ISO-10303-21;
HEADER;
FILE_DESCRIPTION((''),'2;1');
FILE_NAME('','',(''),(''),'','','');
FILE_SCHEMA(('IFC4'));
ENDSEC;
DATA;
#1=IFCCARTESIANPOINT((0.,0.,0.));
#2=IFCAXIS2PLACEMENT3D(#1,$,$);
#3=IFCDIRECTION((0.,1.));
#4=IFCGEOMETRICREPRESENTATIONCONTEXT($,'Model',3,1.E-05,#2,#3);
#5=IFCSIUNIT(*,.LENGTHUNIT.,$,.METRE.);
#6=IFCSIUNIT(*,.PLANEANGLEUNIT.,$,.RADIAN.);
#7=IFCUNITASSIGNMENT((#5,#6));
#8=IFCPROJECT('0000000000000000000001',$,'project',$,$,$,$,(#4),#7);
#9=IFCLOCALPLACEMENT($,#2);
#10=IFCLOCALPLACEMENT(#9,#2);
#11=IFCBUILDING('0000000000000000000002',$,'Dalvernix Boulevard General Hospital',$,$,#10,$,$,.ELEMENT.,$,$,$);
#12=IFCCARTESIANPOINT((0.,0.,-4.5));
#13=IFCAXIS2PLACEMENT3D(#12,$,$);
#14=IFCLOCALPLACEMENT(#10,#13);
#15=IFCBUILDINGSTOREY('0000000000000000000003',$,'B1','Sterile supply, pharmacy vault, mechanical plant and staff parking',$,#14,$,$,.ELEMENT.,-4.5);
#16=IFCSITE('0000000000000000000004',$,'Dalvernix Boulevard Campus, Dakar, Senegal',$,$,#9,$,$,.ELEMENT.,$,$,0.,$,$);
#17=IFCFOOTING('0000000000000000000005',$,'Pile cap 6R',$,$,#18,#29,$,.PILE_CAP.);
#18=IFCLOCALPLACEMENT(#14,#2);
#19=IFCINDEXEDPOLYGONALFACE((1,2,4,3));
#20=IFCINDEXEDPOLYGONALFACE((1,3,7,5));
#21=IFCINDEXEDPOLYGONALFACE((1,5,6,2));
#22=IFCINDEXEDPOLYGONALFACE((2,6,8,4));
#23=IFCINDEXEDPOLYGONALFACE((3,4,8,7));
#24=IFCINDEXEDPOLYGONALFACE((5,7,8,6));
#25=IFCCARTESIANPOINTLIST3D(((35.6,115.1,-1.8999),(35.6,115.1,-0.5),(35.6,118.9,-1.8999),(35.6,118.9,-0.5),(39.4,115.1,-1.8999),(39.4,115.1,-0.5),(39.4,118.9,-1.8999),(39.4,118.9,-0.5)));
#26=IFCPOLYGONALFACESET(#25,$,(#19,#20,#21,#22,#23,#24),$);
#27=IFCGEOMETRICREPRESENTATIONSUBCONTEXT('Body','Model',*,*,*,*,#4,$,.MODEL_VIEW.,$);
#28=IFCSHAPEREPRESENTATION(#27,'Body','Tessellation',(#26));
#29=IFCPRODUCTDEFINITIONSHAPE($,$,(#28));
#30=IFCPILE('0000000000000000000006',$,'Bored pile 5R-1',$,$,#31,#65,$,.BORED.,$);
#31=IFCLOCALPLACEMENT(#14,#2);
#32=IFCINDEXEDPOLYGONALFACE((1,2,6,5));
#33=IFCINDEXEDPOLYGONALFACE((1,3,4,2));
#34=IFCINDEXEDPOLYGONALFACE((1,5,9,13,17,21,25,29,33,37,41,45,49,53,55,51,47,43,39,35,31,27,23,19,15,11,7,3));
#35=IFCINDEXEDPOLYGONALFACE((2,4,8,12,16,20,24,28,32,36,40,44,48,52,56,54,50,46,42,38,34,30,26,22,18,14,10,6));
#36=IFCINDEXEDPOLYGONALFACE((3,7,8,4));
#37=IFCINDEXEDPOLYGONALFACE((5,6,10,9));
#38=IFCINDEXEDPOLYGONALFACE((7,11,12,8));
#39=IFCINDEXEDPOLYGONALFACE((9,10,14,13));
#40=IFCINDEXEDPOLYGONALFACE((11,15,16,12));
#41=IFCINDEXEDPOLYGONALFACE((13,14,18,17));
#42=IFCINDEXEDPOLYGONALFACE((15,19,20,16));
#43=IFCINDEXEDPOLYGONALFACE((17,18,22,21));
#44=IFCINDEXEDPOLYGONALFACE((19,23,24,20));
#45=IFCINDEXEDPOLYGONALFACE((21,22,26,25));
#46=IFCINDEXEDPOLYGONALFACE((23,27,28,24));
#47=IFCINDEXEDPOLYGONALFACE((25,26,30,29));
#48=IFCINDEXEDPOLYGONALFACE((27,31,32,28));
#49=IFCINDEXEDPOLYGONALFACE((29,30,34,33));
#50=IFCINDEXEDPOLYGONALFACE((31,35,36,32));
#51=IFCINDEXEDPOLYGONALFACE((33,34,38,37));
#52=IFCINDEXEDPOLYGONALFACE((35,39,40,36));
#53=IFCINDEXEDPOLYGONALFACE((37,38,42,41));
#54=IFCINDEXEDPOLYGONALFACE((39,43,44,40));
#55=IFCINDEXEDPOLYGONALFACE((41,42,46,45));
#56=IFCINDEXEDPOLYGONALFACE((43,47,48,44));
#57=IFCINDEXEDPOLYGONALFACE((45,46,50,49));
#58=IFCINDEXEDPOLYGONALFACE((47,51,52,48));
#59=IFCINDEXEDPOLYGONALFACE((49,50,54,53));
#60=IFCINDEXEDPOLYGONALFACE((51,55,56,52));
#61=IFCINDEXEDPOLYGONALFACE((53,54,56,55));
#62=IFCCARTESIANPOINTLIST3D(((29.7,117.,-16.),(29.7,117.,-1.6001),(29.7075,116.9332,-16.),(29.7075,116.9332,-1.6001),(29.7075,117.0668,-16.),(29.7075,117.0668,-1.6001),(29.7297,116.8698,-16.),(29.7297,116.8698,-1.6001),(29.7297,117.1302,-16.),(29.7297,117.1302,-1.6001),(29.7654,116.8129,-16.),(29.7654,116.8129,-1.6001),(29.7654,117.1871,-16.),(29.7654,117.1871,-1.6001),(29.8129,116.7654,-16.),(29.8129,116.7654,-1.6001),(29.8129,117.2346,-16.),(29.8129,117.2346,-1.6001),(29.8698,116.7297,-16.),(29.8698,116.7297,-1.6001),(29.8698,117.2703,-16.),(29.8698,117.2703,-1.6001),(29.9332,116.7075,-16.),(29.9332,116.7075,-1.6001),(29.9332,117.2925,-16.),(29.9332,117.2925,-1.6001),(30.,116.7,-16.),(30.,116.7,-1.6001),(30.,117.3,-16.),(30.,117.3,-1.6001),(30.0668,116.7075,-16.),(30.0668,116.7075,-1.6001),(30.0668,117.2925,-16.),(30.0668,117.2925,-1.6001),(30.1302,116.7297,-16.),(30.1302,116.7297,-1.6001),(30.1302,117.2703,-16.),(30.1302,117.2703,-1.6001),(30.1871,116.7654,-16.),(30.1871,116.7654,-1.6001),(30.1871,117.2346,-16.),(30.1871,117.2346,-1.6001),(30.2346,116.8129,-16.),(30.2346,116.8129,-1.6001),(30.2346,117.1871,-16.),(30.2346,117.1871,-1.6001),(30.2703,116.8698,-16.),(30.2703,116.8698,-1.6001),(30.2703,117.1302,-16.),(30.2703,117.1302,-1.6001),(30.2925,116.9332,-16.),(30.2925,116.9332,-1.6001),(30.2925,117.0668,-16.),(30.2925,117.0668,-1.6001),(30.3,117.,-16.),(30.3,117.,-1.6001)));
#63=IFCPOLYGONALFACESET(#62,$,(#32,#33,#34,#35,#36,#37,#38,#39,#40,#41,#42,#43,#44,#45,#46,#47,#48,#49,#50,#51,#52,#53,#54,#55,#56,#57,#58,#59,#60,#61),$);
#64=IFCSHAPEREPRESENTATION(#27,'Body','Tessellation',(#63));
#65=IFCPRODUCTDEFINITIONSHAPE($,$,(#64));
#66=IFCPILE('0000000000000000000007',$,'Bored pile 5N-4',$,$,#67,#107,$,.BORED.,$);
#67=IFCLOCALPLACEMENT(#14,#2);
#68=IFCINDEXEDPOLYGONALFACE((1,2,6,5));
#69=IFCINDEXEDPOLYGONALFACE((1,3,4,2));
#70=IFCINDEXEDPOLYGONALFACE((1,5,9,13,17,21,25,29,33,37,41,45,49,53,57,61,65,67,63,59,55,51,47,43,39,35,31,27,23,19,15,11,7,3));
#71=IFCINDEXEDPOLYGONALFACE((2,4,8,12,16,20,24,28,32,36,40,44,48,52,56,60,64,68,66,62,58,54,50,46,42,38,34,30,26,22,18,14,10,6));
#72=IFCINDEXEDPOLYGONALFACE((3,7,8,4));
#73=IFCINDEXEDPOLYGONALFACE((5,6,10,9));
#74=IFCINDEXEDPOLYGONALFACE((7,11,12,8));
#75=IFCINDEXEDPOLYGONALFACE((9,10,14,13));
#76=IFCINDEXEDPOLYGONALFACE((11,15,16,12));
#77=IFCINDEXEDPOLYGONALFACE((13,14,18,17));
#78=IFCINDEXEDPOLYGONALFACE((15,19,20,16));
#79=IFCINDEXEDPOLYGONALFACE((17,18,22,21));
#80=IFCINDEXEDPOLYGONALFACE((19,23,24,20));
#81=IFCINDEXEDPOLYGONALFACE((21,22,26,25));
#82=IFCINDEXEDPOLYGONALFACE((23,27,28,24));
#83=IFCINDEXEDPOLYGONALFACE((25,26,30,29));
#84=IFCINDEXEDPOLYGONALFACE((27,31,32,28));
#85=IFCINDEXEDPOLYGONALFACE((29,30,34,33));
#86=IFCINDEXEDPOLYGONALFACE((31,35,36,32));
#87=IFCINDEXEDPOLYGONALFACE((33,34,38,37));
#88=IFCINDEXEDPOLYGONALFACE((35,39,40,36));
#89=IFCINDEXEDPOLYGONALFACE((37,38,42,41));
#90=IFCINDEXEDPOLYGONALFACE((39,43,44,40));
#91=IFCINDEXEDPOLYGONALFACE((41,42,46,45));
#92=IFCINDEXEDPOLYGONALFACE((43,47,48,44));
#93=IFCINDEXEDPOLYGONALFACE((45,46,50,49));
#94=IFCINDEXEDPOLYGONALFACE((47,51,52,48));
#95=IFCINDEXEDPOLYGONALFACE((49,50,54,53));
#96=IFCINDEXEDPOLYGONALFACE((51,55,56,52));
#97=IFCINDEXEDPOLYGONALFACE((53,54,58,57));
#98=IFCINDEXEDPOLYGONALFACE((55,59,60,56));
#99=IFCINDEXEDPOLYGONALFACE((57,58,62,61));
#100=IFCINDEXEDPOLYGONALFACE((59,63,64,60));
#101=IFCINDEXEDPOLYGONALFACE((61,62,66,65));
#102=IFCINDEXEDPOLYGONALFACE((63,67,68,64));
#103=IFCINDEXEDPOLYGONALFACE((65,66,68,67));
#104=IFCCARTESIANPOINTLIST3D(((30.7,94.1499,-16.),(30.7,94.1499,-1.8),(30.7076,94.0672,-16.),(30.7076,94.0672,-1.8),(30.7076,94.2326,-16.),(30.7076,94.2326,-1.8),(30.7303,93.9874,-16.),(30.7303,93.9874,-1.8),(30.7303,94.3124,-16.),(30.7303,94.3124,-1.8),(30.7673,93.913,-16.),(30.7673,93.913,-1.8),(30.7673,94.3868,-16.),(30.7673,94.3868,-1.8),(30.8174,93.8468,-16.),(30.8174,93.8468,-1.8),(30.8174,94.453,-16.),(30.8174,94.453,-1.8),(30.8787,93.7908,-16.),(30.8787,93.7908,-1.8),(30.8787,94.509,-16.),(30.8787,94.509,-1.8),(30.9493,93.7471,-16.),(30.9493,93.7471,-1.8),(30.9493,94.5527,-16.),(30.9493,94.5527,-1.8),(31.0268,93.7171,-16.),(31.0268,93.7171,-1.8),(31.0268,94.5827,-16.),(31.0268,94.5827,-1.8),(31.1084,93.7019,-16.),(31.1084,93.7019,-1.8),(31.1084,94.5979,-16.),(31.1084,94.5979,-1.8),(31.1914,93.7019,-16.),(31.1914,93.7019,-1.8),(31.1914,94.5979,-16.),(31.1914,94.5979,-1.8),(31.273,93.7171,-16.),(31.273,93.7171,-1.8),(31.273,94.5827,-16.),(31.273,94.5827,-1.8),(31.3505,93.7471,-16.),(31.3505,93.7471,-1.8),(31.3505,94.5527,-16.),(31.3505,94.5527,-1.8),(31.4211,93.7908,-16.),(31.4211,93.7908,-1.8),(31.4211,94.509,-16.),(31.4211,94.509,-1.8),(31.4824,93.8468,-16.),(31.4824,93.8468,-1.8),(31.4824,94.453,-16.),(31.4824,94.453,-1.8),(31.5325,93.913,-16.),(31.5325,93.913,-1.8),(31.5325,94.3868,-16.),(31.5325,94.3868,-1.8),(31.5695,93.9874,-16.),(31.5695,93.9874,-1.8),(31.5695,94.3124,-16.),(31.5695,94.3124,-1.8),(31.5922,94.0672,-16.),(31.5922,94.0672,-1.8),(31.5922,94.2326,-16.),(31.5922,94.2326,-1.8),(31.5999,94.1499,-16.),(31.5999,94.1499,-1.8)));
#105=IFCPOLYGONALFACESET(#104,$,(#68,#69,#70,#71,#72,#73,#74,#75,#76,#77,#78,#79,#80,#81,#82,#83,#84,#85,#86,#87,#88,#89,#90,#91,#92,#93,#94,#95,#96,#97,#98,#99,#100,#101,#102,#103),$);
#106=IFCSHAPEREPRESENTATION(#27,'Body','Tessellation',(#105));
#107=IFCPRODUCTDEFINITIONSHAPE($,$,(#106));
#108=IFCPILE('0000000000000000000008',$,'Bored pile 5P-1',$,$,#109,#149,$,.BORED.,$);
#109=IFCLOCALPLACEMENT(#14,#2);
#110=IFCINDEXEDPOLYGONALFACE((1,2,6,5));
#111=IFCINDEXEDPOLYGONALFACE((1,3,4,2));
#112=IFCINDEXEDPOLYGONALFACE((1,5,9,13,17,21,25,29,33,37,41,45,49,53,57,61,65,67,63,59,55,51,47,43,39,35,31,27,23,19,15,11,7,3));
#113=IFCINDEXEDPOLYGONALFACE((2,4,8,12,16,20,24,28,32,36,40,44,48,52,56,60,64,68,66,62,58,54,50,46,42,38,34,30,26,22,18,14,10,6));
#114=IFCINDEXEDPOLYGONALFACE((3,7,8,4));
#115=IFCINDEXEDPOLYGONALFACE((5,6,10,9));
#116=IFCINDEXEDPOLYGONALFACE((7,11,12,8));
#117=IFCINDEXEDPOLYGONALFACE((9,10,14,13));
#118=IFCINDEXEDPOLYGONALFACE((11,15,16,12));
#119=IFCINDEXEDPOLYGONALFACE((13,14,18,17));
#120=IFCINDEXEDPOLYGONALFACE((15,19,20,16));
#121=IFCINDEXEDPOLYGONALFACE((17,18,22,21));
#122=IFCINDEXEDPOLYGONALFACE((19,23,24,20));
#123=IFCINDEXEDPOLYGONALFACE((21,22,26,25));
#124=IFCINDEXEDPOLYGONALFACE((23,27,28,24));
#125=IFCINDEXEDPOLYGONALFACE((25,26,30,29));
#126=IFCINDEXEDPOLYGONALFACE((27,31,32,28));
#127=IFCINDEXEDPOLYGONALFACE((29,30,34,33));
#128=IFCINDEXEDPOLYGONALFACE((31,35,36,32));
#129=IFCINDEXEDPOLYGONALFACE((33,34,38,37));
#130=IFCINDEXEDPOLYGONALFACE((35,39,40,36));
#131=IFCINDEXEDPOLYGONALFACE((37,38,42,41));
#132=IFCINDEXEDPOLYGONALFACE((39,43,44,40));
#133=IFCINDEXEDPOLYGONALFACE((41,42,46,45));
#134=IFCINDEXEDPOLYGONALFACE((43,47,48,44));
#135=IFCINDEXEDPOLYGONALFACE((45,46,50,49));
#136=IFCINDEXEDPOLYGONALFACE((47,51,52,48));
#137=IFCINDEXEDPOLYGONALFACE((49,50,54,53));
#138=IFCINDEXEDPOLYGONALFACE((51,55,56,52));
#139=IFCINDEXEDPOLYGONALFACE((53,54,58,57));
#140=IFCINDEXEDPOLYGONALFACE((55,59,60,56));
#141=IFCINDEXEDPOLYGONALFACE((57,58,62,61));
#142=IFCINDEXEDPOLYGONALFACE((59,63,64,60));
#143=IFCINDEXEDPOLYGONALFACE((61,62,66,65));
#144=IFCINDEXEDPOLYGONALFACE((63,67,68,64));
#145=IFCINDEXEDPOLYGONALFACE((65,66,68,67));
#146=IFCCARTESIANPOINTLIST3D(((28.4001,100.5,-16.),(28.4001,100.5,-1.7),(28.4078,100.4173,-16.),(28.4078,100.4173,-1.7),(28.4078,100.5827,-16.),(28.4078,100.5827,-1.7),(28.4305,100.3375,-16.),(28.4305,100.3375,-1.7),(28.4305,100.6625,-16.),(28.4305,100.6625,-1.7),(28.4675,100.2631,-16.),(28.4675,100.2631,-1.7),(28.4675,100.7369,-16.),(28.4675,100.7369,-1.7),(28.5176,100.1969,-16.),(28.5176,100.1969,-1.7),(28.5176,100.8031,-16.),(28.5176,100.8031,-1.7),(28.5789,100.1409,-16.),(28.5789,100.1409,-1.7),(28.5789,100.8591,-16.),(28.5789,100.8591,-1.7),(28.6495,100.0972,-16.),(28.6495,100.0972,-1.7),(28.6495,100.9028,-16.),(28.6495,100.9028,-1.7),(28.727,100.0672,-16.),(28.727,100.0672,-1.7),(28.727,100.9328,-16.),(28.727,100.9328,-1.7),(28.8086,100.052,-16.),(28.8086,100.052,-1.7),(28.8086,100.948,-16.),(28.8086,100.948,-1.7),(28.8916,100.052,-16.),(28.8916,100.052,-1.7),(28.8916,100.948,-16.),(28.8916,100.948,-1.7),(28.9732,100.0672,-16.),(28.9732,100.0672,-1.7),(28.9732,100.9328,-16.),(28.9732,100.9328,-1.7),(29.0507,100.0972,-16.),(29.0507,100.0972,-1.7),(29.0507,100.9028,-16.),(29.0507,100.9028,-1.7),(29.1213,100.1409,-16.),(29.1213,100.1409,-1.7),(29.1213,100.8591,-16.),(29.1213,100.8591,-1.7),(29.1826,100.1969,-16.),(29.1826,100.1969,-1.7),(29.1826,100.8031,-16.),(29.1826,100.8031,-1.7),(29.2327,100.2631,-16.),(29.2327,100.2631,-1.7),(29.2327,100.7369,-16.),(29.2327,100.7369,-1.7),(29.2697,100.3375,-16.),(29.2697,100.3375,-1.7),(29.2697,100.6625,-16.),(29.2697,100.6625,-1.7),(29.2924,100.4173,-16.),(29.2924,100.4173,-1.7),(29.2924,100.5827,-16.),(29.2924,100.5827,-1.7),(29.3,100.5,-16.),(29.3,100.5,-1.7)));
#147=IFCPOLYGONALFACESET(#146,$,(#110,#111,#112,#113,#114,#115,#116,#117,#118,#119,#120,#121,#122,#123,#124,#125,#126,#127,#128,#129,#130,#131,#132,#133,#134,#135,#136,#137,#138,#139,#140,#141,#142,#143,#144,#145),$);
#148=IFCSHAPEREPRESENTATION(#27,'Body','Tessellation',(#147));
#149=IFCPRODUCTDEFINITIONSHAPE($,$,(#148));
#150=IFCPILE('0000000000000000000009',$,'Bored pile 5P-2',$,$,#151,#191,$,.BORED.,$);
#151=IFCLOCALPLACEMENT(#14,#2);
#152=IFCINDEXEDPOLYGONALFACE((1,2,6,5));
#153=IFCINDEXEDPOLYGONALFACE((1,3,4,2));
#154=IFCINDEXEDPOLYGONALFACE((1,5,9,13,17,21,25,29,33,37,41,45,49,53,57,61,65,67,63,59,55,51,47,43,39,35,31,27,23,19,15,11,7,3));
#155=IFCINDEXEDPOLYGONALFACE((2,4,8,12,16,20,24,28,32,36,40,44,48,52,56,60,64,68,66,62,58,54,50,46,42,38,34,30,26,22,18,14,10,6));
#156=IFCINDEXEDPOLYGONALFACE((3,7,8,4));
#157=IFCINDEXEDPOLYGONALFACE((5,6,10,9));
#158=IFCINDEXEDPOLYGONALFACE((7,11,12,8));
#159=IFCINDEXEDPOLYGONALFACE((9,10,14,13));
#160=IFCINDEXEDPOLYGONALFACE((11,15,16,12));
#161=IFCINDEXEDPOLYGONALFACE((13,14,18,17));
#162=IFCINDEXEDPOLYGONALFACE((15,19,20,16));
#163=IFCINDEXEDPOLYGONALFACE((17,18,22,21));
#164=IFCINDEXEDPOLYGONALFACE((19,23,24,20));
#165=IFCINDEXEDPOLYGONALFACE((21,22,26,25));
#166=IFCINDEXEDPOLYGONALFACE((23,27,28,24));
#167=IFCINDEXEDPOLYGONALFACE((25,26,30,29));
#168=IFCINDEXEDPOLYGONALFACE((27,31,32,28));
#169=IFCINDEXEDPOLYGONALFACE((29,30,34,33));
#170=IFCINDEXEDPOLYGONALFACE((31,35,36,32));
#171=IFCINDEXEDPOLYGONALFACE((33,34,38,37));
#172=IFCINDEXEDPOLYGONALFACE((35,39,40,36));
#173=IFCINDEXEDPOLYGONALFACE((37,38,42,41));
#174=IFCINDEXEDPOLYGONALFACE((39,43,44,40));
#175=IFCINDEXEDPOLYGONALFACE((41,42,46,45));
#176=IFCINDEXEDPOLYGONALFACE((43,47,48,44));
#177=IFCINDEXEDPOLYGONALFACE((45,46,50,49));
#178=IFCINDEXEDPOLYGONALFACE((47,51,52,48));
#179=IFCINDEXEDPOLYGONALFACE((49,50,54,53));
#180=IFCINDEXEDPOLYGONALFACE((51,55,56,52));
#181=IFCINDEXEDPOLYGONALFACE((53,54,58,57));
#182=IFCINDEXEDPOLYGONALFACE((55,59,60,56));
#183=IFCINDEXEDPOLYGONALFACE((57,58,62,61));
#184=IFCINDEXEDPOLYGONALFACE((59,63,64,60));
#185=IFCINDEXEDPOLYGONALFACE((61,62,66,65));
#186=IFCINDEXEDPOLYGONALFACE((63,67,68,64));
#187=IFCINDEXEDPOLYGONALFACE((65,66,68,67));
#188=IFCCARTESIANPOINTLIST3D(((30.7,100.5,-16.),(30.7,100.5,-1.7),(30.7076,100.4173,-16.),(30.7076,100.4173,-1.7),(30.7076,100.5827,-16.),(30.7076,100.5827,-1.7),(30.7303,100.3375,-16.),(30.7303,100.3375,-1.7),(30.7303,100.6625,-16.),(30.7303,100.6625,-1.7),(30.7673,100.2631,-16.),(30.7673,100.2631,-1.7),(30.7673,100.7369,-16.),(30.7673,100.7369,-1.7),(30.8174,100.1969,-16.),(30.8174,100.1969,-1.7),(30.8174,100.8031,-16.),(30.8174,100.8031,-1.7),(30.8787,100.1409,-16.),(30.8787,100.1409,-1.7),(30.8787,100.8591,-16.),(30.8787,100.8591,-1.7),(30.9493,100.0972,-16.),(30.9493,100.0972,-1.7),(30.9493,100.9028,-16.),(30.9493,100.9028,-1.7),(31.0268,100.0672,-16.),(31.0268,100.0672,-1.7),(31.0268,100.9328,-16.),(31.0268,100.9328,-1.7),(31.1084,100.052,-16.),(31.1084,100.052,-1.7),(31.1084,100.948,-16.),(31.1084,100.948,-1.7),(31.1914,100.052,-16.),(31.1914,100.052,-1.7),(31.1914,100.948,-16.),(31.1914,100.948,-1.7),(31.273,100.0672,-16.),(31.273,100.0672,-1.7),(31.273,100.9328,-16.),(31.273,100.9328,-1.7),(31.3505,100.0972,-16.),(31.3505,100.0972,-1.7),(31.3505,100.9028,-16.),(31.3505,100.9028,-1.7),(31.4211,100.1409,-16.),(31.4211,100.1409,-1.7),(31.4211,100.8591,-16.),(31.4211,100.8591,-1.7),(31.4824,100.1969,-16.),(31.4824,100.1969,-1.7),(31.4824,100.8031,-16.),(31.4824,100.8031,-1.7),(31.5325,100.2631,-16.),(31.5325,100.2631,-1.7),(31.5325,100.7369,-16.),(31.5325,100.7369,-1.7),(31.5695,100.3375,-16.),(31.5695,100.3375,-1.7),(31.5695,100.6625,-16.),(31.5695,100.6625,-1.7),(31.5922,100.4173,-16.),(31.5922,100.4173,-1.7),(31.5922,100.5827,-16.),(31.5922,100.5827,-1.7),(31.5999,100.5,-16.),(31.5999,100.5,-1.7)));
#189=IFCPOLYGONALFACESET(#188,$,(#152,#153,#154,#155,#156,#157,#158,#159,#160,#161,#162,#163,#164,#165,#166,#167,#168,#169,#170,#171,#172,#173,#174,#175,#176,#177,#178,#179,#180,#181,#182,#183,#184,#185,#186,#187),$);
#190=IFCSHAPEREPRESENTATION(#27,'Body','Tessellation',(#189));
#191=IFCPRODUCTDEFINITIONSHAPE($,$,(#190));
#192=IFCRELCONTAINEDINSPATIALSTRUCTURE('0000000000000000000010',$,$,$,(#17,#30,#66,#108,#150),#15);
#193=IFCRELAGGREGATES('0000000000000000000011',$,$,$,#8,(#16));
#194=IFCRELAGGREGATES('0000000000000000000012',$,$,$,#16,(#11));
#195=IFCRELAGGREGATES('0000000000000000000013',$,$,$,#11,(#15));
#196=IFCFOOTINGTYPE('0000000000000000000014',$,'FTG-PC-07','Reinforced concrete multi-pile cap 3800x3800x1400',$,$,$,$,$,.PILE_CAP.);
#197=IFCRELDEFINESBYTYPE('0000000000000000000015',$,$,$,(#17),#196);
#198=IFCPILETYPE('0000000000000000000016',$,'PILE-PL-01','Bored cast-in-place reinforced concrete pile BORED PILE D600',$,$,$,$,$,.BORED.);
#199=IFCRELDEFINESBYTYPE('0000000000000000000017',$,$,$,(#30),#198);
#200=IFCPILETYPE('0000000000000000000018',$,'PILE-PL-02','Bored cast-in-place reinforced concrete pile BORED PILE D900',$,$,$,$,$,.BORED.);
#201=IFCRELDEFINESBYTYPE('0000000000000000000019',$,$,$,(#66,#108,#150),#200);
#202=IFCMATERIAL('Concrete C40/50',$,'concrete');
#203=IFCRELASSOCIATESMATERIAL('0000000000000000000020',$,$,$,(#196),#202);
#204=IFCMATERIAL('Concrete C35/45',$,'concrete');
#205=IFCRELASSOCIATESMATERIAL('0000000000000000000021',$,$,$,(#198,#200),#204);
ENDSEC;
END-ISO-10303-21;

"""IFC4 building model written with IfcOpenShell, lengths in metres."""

from ifc_helpers import new_model, si_unit, direction, frame, origin, origin_2d, place, context, subcontext, project, spatial, rectangle, circle, extrude, material, material_profile, profile_set, type_object, element, save


model = new_model("IFC4")

# Units and contexts
model_context = context("Model", 3, precision=1e-05, world=origin(), true_north=direction((0.0, 1.0)))
body_context = subcontext(model_context, "Body", "Model", "MODEL_VIEW")
ifc_project = project(units=[si_unit("LENGTHUNIT", "METRE"), si_unit("PLANEANGLEUNIT", "RADIAN")], contexts=[model_context])

# Site, building, storey
site_placement = place(None, origin())
site = spatial("IfcSite", under=ifc_project, at=site_placement, Name="Dalvernix Boulevard Campus, Dakar, Senegal", CompositionType="ELEMENT", RefElevation=0.0)
building_placement = place(site_placement, origin())
building = spatial("IfcBuilding", under=site, at=building_placement, Name="Dalvernix Boulevard General Hospital", CompositionType="ELEMENT")
storey_placement = place(building_placement, frame((0.0, 0.0, -4.5)))
storey = spatial("IfcBuildingStorey", under=building, at=storey_placement, Name="B1", Description="Sterile supply, pharmacy vault, mechanical plant and staff parking", CompositionType="ELEMENT", Elevation=-4.5)

# Footing
ifc_material_1 = material(Name="Concrete C35/45", Category="concrete")
ifc_material_2 = material(Name="Concrete C40/50", Category="concrete")
footing_type_1 = type_object("IfcFootingType", Name="FTG-PC-07", Description="Reinforced concrete multi-pile cap 3800x3800x1400", PredefinedType="PILE_CAP", material=ifc_material_2)
footing_1_placement = place(storey_placement, frame((37.5, 117.0, -1.8999), z_axis=(0.0, 0.0, 1.0), x_axis=(1.0, 0.0, 0.0)))
element("IfcFooting", 1, at=footing_1_placement, inside=storey, type_object=footing_type_1, Name="Pile cap 6R", PredefinedType="PILE_CAP", context=body_context, shape_type="SweptSolid", body=[
    extrude(rectangle(XDim=3.8, YDim=3.8, at=origin_2d()), origin(), (0.0, 0.0, 1.0), 1.3999),
])

# Piles
ifc_material_profile_1 = material_profile(ifc_material_1, circle(Radius=0.3, at=origin_2d()), Name="BORED PILE D600")
ifc_profile_set_1 = profile_set([ifc_material_profile_1], Name="Concrete C35/45")
pile_type_1 = type_object("IfcPileType", Name="PILE-PL-01", Description="Bored cast-in-place reinforced concrete pile BORED PILE D600", PredefinedType="BORED", material=ifc_profile_set_1)
pile_1_placement = place(storey_placement, frame((30.0, 117.0, -1.6001), z_axis=(0.0, 0.0, -1.0), x_axis=(1.0, 0.0, 0.0)))
element("IfcPile", 2, at=pile_1_placement, inside=storey, type_object=pile_type_1, Name="Bored pile 5R-1", PredefinedType="BORED", context=body_context, shape_type="SweptSolid", body=[
    extrude(circle(Radius=0.3, at=origin_2d()), origin(), (0.0, 0.0, 1.0), 14.3999),
])
ifc_material_profile_2 = material_profile(ifc_material_1, circle(Radius=0.45, at=origin_2d()), Name="BORED PILE D900")
ifc_profile_set_2 = profile_set([ifc_material_profile_2], Name="Concrete C35/45")
pile_type_2 = type_object("IfcPileType", Name="PILE-PL-02", Description="Bored cast-in-place reinforced concrete pile BORED PILE D900", PredefinedType="BORED", material=ifc_profile_set_2)
pile_2_placement = place(storey_placement, frame((31.1499, 94.1499, -1.8), z_axis=(0.0, 0.0, -1.0), x_axis=(1.0, 0.0, 0.0)))
element("IfcPile", 3, at=pile_2_placement, inside=storey, type_object=pile_type_2, Name="Bored pile 5N-4", PredefinedType="BORED", context=body_context, shape_type="SweptSolid", body=[
    extrude(circle(Radius=0.45, at=origin_2d()), origin(), (0.0, 0.0, 1.0), 14.2),
])
for number, where, z_axis, x_axis, name in (
    (4, (28.8501, 100.5, -1.7), (0.0, 0.0, -1.0), (1.0, 0.0, 0.0), "Bored pile 5P-1"),
    (5, (31.1499, 100.5, -1.7), (0.0, 0.0, -1.0), (1.0, 0.0, 0.0), "Bored pile 5P-2"),
):
    element("IfcPile", number, at=place(storey_placement, frame(where, z_axis=z_axis, x_axis=x_axis)), inside=storey, type_object=pile_type_2, Name=name, PredefinedType="BORED", context=body_context, shape_type="SweptSolid", body=[
        extrude(circle(Radius=0.45, at=origin_2d()), origin(), (0.0, 0.0, 1.0), 14.3),
    ])

save(model, "model.ifc")
